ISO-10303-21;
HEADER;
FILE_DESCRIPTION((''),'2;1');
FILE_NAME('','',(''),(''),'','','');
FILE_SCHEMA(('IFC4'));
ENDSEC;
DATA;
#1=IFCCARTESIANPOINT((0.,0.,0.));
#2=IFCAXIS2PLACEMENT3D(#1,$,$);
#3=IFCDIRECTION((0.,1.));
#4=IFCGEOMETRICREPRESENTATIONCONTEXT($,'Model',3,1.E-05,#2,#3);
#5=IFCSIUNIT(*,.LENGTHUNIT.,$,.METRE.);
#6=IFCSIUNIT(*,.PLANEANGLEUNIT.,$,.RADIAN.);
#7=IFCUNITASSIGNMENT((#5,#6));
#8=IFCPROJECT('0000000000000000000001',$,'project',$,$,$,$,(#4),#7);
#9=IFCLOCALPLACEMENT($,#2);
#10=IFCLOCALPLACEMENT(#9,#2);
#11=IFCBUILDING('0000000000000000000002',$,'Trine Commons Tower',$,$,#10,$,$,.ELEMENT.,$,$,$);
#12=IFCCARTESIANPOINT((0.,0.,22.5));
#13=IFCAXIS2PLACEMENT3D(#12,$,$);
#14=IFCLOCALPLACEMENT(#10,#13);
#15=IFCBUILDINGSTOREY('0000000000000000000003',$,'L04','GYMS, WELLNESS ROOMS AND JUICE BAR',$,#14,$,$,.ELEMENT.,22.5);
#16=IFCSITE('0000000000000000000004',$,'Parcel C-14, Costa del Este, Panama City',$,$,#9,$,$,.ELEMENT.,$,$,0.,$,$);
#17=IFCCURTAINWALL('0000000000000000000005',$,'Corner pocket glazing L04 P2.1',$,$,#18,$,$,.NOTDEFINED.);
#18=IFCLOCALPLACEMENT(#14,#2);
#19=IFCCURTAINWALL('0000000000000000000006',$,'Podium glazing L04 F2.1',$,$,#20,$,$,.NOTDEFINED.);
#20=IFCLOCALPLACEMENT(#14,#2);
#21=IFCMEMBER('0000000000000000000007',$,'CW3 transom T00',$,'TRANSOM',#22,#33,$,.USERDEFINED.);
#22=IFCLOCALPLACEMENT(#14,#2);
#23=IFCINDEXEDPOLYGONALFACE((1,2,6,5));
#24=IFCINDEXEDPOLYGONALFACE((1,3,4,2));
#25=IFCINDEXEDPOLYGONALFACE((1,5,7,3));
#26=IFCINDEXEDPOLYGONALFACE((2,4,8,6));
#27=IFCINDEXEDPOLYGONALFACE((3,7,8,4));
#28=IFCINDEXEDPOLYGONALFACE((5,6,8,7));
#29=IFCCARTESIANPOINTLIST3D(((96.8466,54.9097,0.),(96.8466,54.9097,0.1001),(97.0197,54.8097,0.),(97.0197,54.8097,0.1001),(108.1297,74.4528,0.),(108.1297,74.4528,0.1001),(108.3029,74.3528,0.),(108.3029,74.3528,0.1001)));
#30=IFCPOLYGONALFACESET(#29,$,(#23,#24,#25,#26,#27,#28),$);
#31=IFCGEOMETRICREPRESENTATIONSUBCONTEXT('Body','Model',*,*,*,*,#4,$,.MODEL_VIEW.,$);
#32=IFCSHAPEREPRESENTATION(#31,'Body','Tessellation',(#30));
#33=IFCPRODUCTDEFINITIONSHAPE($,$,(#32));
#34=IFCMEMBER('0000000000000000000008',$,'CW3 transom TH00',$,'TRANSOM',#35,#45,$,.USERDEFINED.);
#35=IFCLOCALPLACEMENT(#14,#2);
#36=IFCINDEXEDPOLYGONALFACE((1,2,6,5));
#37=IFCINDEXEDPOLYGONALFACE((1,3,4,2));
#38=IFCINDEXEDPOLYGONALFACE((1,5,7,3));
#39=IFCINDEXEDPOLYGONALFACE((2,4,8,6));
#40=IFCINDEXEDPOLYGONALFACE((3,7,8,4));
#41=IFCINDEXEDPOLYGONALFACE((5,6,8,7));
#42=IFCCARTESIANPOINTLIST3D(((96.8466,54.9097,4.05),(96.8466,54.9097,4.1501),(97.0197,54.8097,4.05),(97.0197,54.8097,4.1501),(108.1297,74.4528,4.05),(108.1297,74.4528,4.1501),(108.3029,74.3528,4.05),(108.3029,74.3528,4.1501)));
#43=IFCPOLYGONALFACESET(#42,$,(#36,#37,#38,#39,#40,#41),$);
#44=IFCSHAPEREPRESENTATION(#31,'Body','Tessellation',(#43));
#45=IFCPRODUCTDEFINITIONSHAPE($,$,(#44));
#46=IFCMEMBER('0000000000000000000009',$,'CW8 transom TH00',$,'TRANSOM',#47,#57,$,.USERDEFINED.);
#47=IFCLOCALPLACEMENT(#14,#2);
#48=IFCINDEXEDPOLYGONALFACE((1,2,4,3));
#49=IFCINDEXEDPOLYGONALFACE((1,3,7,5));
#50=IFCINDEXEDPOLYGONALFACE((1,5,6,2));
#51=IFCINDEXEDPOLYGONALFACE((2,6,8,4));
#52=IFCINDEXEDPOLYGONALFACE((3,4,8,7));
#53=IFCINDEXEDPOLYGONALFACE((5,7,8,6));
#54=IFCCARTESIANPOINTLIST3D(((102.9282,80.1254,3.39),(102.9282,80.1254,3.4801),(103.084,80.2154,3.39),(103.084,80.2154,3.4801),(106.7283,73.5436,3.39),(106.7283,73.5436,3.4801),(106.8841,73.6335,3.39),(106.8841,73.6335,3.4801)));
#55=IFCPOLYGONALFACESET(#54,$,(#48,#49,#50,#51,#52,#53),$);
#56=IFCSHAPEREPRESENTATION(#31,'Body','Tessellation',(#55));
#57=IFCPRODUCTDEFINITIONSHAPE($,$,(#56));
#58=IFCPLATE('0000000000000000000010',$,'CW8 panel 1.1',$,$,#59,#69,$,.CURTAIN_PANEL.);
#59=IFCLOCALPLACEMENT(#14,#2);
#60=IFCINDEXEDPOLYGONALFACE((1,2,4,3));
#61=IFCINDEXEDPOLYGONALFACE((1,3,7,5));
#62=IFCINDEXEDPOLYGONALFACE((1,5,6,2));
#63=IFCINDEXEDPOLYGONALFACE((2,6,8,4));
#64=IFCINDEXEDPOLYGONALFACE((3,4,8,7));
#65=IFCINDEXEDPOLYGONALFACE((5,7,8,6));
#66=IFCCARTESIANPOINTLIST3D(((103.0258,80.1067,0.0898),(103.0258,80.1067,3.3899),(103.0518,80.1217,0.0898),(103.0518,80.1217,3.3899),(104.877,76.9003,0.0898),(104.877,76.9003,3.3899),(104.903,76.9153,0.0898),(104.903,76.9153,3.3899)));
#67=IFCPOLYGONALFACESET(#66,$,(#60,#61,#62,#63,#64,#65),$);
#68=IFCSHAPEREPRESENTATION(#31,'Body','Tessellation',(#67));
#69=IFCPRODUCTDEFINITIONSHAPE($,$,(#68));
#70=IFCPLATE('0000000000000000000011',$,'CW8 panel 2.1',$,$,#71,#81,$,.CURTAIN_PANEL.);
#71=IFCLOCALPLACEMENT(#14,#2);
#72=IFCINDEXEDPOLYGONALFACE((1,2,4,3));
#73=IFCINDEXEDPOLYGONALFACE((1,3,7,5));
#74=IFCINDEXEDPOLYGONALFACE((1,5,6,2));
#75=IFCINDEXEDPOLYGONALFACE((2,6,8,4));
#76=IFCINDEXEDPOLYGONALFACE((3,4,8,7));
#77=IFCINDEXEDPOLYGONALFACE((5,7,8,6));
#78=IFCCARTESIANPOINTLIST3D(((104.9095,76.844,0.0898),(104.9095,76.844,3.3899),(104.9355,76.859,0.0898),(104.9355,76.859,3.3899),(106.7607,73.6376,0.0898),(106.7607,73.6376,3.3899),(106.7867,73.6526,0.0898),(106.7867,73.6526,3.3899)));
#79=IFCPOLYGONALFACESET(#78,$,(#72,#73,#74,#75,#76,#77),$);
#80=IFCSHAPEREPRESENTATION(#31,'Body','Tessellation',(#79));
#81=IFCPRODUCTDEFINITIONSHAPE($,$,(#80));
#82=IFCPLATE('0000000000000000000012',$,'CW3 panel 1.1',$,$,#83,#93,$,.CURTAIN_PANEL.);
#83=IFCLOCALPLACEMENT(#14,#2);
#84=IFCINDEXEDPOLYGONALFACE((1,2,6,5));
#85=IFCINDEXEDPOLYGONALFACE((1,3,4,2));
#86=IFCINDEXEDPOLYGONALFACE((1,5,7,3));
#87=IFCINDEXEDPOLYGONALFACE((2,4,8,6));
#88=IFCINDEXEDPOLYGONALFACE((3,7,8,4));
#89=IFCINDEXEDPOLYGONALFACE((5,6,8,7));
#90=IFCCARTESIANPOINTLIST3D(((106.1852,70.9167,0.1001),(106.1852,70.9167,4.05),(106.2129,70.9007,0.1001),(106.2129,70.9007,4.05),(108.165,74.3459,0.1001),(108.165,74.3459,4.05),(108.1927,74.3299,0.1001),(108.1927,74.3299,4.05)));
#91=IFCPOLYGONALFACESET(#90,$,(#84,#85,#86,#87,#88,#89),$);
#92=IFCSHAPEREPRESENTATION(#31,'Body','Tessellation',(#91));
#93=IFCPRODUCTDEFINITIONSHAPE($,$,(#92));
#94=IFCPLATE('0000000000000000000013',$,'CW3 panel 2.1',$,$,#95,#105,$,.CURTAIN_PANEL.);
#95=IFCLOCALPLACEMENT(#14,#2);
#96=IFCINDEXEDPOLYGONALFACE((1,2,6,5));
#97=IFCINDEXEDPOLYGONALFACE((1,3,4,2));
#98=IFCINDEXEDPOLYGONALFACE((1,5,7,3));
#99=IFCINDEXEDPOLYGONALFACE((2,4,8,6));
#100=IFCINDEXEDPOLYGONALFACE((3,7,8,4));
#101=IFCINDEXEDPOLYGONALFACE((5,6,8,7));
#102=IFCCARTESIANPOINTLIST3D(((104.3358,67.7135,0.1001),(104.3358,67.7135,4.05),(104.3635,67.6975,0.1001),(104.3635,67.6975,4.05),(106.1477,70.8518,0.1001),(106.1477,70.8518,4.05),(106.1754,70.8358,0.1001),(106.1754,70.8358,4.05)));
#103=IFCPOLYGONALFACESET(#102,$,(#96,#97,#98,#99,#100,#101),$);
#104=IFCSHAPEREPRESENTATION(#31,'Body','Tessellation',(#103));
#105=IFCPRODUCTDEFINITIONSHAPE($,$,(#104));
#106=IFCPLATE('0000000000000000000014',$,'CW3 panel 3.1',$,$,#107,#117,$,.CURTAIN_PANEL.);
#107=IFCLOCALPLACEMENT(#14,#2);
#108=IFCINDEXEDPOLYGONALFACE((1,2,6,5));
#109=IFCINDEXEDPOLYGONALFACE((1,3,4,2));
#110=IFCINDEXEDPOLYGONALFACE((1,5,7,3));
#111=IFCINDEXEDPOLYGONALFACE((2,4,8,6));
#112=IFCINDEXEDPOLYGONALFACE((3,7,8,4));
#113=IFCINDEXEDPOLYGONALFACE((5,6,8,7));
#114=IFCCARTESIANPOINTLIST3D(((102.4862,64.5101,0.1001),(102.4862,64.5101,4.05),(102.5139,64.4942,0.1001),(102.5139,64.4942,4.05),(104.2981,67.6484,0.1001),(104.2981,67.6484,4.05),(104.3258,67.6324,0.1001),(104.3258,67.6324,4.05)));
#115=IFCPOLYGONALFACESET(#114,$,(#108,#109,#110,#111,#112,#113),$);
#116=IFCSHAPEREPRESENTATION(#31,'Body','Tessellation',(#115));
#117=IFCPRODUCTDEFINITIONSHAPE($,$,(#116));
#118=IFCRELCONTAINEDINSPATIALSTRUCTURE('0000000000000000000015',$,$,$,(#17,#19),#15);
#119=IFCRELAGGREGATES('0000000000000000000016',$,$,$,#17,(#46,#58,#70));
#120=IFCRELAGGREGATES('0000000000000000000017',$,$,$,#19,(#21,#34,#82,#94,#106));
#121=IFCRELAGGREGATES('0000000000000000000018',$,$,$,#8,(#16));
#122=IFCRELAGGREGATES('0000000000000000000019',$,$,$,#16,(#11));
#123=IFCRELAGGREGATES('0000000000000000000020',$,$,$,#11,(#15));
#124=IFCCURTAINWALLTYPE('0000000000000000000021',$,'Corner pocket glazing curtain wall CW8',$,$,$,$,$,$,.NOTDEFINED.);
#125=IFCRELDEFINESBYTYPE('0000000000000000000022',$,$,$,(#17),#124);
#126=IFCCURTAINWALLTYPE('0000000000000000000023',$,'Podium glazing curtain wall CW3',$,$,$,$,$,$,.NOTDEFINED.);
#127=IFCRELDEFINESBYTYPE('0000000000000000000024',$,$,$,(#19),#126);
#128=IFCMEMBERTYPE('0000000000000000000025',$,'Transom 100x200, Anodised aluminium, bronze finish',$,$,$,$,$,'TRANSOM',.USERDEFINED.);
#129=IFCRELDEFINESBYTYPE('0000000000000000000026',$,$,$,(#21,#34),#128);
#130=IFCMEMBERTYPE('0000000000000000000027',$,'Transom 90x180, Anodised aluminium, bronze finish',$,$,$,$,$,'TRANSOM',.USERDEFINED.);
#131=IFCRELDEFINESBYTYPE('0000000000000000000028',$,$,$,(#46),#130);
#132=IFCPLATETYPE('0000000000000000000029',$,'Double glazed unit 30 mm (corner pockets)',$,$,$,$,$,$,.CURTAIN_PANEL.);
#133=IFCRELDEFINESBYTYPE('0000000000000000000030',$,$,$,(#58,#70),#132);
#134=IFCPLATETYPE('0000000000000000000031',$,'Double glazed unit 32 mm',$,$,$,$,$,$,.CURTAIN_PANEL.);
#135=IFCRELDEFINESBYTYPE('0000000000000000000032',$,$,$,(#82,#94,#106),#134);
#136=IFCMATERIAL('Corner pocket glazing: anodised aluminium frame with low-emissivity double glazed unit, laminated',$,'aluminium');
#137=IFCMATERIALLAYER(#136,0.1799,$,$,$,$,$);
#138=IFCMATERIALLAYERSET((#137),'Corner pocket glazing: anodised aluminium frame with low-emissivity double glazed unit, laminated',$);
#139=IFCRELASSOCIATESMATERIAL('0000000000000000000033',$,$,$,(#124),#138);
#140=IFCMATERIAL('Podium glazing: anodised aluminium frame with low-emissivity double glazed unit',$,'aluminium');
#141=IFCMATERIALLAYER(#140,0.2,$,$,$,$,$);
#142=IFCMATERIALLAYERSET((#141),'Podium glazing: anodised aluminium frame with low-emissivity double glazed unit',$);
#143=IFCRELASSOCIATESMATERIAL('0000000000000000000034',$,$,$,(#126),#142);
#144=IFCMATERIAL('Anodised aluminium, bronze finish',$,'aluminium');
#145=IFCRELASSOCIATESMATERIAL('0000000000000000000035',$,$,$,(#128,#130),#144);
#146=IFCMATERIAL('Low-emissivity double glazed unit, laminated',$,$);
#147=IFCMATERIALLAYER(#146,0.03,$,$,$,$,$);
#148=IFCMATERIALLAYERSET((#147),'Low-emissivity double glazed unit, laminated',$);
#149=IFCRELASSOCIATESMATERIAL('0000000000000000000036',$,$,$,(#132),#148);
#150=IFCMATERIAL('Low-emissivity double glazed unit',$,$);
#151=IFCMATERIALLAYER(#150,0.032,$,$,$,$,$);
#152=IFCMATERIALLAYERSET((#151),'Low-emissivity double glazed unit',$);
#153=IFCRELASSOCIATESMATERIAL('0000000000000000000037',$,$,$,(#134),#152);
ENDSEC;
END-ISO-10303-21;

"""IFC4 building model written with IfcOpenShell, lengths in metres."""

from ifc_helpers import new_model, si_unit, direction, frame, origin, origin_2d, place, context, subcontext, project, spatial, rectangle, extrude, material, layer, layer_set, material_profile, profile_set, type_object, element, aggregate, save


model = new_model("IFC4")

# Units and contexts
model_context = context("Model", 3, precision=1e-05, world=origin(), true_north=direction((0.0, 1.0)))
body_context = subcontext(model_context, "Body", "Model", "MODEL_VIEW")
ifc_project = project(units=[si_unit("LENGTHUNIT", "METRE"), si_unit("PLANEANGLEUNIT", "RADIAN")], contexts=[model_context])

# Site, building, storey
site_placement = place(None, origin())
site = spatial("IfcSite", under=ifc_project, at=site_placement, Name="Parcel C-14, Costa del Este, Panama City", CompositionType="ELEMENT", RefElevation=0.0)
building_placement = place(site_placement, origin())
building = spatial("IfcBuilding", under=site, at=building_placement, Name="Trine Commons Tower", CompositionType="ELEMENT")
storey_placement = place(building_placement, frame((0.0, 0.0, 22.5)))
storey = spatial("IfcBuildingStorey", under=building, at=storey_placement, Name="L04", Description="GYMS, WELLNESS ROOMS AND JUICE BAR", CompositionType="ELEMENT", Elevation=22.5)

# Curtain wall
ifc_material_1 = material(Name="Corner pocket glazing: anodised aluminium frame with low-emissivity double glazed unit, laminated", Category="aluminium")
ifc_layer_1 = layer(ifc_material_1, 0.1799)
ifc_layer_set_1 = layer_set([ifc_layer_1], Name="Corner pocket glazing: anodised aluminium frame with low-emissivity double glazed unit, laminated")
curtain_wall_type_1 = type_object("IfcCurtainWallType", Name="Corner pocket glazing curtain wall CW8", PredefinedType="NOTDEFINED", material=ifc_layer_set_1)
curtain_wall_1_placement = place(storey_placement, origin())
curtain_wall_1 = element("IfcCurtainWall", 1, at=curtain_wall_1_placement, inside=storey, type_object=curtain_wall_type_1, Name="Corner pocket glazing L04 P2.1", PredefinedType="NOTDEFINED")
ifc_material_2 = material(Name="Anodised aluminium, bronze finish", Category="aluminium")

# Shared definitions
ifc_material_3 = material(Name="Podium glazing: anodised aluminium frame with low-emissivity double glazed unit", Category="aluminium")
ifc_layer_2 = layer(ifc_material_3, 0.2)
ifc_layer_set_2 = layer_set([ifc_layer_2], Name="Podium glazing: anodised aluminium frame with low-emissivity double glazed unit")
curtain_wall_type_2 = type_object("IfcCurtainWallType", Name="Podium glazing curtain wall CW3", PredefinedType="NOTDEFINED", material=ifc_layer_set_2)

# Curtain wall
curtain_wall_2_placement = place(storey_placement, origin())
curtain_wall_2 = element("IfcCurtainWall", 2, at=curtain_wall_2_placement, inside=storey, type_object=curtain_wall_type_2, Name="Podium glazing L04 F2.1", PredefinedType="NOTDEFINED")

# Members
ifc_material_profile_1 = material_profile(ifc_material_2, rectangle(XDim=0.2, YDim=0.1001, at=origin_2d()), Name="Transom 100x200")
ifc_profile_set_1 = profile_set([ifc_material_profile_1], Name="Anodised aluminium, bronze finish")
member_type_1 = type_object("IfcMemberType", Name="Transom 100x200, Anodised aluminium, bronze finish", ElementType="TRANSOM", PredefinedType="USERDEFINED", material=ifc_profile_set_1)
member_1_placement = place(storey_placement, frame((108.2163, 74.4028, 0.05), z_axis=(-0.499997, -0.866027, 0.0), x_axis=(0.866027, -0.499997, 0.0)))
member_1 = element("IfcMember", 3, at=member_1_placement, type_object=member_type_1, Name="CW3 transom T00", ObjectType="TRANSOM", PredefinedType="USERDEFINED", context=body_context, shape_type="SweptSolid", body=[
    extrude(rectangle(XDim=0.2, YDim=0.1001, at=origin_2d()), origin(), (0.0, 0.0, 1.0), 22.5664),
])
member_2_placement = place(storey_placement, frame((108.2163, 74.4028, 4.1001), z_axis=(-0.499997, -0.866027, 0.0), x_axis=(0.866027, -0.499997, 0.0)))
member_2 = element("IfcMember", 4, at=member_2_placement, type_object=member_type_1, Name="CW3 transom TH00", ObjectType="TRANSOM", PredefinedType="USERDEFINED", context=body_context, shape_type="SweptSolid", body=[
    extrude(rectangle(XDim=0.2, YDim=0.1001, at=origin_2d()), origin(), (0.0, 0.0, 1.0), 22.5664),
])
ifc_material_profile_2 = material_profile(ifc_material_2, rectangle(XDim=0.1799, YDim=0.0901, at=origin_2d()), Name="Transom 90x180")
ifc_profile_set_2 = profile_set([ifc_material_profile_2], Name="Anodised aluminium, bronze finish")
member_type_2 = type_object("IfcMemberType", Name="Transom 90x180, Anodised aluminium, bronze finish", ElementType="TRANSOM", PredefinedType="USERDEFINED", material=ifc_profile_set_2)
member_3_placement = place(storey_placement, frame((103.0061, 80.1704, 3.4351), z_axis=(0.500005, -0.866022, 0.0), x_axis=(0.866022, 0.500005, 0.0)))
member_3 = element("IfcMember", 5, at=member_3_placement, type_object=member_type_2, Name="CW8 transom TH00", ObjectType="TRANSOM", PredefinedType="USERDEFINED", context=body_context, shape_type="SweptSolid", body=[
    extrude(rectangle(XDim=0.1799, YDim=0.0901, at=origin_2d()), origin(), (0.0, 0.0, 1.0), 7.6001),
])

# Plates
ifc_material_4 = material(Name="Low-emissivity double glazed unit, laminated")
ifc_layer_3 = layer(ifc_material_4, 0.03)
ifc_layer_set_3 = layer_set([ifc_layer_3], Name="Low-emissivity double glazed unit, laminated")
plate_type_1 = type_object("IfcPlateType", Name="Double glazed unit 30 mm (corner pockets)", PredefinedType="CURTAIN_PANEL", material=ifc_layer_set_3)
plate_1_placement = place(storey_placement, frame((103.9644, 78.511, 0.0898), z_axis=(0.0, 0.0, 1.0), x_axis=(0.5, -0.866025, 0.0)))
plate_1 = element("IfcPlate", 6, at=plate_1_placement, type_object=plate_type_1, Name="CW8 panel 1.1", PredefinedType="CURTAIN_PANEL", context=body_context, shape_type="SweptSolid", body=[
    extrude(rectangle(XDim=3.7024, YDim=0.03, at=origin_2d()), origin(), (0.0, 0.0, 1.0), 3.3),
])
plate_2_placement = place(storey_placement, frame((105.8481, 75.2483, 0.0898), z_axis=(0.0, 0.0, 1.0), x_axis=(0.5, -0.866025, 0.0)))
plate_2 = element("IfcPlate", 7, at=plate_2_placement, type_object=plate_type_1, Name="CW8 panel 2.1", PredefinedType="CURTAIN_PANEL", context=body_context, shape_type="SweptSolid", body=[
    extrude(rectangle(XDim=3.7024, YDim=0.03, at=origin_2d()), origin(), (0.0, 0.0, 1.0), 3.3),
])
aggregate(curtain_wall_1, [member_3, plate_1, plate_2])
ifc_material_5 = material(Name="Low-emissivity double glazed unit")
ifc_layer_4 = layer(ifc_material_5, 0.032)
ifc_layer_set_4 = layer_set([ifc_layer_4], Name="Low-emissivity double glazed unit")
plate_type_2 = type_object("IfcPlateType", Name="Double glazed unit 32 mm", PredefinedType="CURTAIN_PANEL", material=ifc_layer_set_4)
plate_3_placement = place(storey_placement, frame((107.189, 72.6233, 0.1001), z_axis=(0.0, 0.0, 1.0), x_axis=(-0.5, -0.866025, 0.0)))
plate_3 = element("IfcPlate", 8, at=plate_3_placement, type_object=plate_type_2, Name="CW3 panel 1.1", PredefinedType="CURTAIN_PANEL", context=body_context, shape_type="SweptSolid", body=[
    extrude(rectangle(XDim=3.9597, YDim=0.032, at=origin_2d()), origin(), (0.0, 0.0, 1.0), 3.95),
])
plate_4_placement = place(storey_placement, frame((105.2556, 69.2747, 0.1001), z_axis=(0.0, 0.0, 1.0), x_axis=(-0.5, -0.866025, 0.0)))
plate_4 = element("IfcPlate", 9, at=plate_4_placement, type_object=plate_type_2, Name="CW3 panel 2.1", PredefinedType="CURTAIN_PANEL", context=body_context, shape_type="SweptSolid", body=[
    extrude(rectangle(XDim=3.6238, YDim=0.032, at=origin_2d()), origin(), (0.0, 0.0, 1.0), 3.95),
])
plate_5_placement = place(storey_placement, frame((103.406, 66.0713, 0.1001), z_axis=(0.0, 0.0, 1.0), x_axis=(-0.5, -0.866025, 0.0)))
plate_5 = element("IfcPlate", 10, at=plate_5_placement, type_object=plate_type_2, Name="CW3 panel 3.1", PredefinedType="CURTAIN_PANEL", context=body_context, shape_type="SweptSolid", body=[
    extrude(rectangle(XDim=3.6238, YDim=0.032, at=origin_2d()), origin(), (0.0, 0.0, 1.0), 3.95),
])
aggregate(curtain_wall_2, [member_1, member_2, plate_3, plate_4, plate_5])

save(model, "model.ifc")
